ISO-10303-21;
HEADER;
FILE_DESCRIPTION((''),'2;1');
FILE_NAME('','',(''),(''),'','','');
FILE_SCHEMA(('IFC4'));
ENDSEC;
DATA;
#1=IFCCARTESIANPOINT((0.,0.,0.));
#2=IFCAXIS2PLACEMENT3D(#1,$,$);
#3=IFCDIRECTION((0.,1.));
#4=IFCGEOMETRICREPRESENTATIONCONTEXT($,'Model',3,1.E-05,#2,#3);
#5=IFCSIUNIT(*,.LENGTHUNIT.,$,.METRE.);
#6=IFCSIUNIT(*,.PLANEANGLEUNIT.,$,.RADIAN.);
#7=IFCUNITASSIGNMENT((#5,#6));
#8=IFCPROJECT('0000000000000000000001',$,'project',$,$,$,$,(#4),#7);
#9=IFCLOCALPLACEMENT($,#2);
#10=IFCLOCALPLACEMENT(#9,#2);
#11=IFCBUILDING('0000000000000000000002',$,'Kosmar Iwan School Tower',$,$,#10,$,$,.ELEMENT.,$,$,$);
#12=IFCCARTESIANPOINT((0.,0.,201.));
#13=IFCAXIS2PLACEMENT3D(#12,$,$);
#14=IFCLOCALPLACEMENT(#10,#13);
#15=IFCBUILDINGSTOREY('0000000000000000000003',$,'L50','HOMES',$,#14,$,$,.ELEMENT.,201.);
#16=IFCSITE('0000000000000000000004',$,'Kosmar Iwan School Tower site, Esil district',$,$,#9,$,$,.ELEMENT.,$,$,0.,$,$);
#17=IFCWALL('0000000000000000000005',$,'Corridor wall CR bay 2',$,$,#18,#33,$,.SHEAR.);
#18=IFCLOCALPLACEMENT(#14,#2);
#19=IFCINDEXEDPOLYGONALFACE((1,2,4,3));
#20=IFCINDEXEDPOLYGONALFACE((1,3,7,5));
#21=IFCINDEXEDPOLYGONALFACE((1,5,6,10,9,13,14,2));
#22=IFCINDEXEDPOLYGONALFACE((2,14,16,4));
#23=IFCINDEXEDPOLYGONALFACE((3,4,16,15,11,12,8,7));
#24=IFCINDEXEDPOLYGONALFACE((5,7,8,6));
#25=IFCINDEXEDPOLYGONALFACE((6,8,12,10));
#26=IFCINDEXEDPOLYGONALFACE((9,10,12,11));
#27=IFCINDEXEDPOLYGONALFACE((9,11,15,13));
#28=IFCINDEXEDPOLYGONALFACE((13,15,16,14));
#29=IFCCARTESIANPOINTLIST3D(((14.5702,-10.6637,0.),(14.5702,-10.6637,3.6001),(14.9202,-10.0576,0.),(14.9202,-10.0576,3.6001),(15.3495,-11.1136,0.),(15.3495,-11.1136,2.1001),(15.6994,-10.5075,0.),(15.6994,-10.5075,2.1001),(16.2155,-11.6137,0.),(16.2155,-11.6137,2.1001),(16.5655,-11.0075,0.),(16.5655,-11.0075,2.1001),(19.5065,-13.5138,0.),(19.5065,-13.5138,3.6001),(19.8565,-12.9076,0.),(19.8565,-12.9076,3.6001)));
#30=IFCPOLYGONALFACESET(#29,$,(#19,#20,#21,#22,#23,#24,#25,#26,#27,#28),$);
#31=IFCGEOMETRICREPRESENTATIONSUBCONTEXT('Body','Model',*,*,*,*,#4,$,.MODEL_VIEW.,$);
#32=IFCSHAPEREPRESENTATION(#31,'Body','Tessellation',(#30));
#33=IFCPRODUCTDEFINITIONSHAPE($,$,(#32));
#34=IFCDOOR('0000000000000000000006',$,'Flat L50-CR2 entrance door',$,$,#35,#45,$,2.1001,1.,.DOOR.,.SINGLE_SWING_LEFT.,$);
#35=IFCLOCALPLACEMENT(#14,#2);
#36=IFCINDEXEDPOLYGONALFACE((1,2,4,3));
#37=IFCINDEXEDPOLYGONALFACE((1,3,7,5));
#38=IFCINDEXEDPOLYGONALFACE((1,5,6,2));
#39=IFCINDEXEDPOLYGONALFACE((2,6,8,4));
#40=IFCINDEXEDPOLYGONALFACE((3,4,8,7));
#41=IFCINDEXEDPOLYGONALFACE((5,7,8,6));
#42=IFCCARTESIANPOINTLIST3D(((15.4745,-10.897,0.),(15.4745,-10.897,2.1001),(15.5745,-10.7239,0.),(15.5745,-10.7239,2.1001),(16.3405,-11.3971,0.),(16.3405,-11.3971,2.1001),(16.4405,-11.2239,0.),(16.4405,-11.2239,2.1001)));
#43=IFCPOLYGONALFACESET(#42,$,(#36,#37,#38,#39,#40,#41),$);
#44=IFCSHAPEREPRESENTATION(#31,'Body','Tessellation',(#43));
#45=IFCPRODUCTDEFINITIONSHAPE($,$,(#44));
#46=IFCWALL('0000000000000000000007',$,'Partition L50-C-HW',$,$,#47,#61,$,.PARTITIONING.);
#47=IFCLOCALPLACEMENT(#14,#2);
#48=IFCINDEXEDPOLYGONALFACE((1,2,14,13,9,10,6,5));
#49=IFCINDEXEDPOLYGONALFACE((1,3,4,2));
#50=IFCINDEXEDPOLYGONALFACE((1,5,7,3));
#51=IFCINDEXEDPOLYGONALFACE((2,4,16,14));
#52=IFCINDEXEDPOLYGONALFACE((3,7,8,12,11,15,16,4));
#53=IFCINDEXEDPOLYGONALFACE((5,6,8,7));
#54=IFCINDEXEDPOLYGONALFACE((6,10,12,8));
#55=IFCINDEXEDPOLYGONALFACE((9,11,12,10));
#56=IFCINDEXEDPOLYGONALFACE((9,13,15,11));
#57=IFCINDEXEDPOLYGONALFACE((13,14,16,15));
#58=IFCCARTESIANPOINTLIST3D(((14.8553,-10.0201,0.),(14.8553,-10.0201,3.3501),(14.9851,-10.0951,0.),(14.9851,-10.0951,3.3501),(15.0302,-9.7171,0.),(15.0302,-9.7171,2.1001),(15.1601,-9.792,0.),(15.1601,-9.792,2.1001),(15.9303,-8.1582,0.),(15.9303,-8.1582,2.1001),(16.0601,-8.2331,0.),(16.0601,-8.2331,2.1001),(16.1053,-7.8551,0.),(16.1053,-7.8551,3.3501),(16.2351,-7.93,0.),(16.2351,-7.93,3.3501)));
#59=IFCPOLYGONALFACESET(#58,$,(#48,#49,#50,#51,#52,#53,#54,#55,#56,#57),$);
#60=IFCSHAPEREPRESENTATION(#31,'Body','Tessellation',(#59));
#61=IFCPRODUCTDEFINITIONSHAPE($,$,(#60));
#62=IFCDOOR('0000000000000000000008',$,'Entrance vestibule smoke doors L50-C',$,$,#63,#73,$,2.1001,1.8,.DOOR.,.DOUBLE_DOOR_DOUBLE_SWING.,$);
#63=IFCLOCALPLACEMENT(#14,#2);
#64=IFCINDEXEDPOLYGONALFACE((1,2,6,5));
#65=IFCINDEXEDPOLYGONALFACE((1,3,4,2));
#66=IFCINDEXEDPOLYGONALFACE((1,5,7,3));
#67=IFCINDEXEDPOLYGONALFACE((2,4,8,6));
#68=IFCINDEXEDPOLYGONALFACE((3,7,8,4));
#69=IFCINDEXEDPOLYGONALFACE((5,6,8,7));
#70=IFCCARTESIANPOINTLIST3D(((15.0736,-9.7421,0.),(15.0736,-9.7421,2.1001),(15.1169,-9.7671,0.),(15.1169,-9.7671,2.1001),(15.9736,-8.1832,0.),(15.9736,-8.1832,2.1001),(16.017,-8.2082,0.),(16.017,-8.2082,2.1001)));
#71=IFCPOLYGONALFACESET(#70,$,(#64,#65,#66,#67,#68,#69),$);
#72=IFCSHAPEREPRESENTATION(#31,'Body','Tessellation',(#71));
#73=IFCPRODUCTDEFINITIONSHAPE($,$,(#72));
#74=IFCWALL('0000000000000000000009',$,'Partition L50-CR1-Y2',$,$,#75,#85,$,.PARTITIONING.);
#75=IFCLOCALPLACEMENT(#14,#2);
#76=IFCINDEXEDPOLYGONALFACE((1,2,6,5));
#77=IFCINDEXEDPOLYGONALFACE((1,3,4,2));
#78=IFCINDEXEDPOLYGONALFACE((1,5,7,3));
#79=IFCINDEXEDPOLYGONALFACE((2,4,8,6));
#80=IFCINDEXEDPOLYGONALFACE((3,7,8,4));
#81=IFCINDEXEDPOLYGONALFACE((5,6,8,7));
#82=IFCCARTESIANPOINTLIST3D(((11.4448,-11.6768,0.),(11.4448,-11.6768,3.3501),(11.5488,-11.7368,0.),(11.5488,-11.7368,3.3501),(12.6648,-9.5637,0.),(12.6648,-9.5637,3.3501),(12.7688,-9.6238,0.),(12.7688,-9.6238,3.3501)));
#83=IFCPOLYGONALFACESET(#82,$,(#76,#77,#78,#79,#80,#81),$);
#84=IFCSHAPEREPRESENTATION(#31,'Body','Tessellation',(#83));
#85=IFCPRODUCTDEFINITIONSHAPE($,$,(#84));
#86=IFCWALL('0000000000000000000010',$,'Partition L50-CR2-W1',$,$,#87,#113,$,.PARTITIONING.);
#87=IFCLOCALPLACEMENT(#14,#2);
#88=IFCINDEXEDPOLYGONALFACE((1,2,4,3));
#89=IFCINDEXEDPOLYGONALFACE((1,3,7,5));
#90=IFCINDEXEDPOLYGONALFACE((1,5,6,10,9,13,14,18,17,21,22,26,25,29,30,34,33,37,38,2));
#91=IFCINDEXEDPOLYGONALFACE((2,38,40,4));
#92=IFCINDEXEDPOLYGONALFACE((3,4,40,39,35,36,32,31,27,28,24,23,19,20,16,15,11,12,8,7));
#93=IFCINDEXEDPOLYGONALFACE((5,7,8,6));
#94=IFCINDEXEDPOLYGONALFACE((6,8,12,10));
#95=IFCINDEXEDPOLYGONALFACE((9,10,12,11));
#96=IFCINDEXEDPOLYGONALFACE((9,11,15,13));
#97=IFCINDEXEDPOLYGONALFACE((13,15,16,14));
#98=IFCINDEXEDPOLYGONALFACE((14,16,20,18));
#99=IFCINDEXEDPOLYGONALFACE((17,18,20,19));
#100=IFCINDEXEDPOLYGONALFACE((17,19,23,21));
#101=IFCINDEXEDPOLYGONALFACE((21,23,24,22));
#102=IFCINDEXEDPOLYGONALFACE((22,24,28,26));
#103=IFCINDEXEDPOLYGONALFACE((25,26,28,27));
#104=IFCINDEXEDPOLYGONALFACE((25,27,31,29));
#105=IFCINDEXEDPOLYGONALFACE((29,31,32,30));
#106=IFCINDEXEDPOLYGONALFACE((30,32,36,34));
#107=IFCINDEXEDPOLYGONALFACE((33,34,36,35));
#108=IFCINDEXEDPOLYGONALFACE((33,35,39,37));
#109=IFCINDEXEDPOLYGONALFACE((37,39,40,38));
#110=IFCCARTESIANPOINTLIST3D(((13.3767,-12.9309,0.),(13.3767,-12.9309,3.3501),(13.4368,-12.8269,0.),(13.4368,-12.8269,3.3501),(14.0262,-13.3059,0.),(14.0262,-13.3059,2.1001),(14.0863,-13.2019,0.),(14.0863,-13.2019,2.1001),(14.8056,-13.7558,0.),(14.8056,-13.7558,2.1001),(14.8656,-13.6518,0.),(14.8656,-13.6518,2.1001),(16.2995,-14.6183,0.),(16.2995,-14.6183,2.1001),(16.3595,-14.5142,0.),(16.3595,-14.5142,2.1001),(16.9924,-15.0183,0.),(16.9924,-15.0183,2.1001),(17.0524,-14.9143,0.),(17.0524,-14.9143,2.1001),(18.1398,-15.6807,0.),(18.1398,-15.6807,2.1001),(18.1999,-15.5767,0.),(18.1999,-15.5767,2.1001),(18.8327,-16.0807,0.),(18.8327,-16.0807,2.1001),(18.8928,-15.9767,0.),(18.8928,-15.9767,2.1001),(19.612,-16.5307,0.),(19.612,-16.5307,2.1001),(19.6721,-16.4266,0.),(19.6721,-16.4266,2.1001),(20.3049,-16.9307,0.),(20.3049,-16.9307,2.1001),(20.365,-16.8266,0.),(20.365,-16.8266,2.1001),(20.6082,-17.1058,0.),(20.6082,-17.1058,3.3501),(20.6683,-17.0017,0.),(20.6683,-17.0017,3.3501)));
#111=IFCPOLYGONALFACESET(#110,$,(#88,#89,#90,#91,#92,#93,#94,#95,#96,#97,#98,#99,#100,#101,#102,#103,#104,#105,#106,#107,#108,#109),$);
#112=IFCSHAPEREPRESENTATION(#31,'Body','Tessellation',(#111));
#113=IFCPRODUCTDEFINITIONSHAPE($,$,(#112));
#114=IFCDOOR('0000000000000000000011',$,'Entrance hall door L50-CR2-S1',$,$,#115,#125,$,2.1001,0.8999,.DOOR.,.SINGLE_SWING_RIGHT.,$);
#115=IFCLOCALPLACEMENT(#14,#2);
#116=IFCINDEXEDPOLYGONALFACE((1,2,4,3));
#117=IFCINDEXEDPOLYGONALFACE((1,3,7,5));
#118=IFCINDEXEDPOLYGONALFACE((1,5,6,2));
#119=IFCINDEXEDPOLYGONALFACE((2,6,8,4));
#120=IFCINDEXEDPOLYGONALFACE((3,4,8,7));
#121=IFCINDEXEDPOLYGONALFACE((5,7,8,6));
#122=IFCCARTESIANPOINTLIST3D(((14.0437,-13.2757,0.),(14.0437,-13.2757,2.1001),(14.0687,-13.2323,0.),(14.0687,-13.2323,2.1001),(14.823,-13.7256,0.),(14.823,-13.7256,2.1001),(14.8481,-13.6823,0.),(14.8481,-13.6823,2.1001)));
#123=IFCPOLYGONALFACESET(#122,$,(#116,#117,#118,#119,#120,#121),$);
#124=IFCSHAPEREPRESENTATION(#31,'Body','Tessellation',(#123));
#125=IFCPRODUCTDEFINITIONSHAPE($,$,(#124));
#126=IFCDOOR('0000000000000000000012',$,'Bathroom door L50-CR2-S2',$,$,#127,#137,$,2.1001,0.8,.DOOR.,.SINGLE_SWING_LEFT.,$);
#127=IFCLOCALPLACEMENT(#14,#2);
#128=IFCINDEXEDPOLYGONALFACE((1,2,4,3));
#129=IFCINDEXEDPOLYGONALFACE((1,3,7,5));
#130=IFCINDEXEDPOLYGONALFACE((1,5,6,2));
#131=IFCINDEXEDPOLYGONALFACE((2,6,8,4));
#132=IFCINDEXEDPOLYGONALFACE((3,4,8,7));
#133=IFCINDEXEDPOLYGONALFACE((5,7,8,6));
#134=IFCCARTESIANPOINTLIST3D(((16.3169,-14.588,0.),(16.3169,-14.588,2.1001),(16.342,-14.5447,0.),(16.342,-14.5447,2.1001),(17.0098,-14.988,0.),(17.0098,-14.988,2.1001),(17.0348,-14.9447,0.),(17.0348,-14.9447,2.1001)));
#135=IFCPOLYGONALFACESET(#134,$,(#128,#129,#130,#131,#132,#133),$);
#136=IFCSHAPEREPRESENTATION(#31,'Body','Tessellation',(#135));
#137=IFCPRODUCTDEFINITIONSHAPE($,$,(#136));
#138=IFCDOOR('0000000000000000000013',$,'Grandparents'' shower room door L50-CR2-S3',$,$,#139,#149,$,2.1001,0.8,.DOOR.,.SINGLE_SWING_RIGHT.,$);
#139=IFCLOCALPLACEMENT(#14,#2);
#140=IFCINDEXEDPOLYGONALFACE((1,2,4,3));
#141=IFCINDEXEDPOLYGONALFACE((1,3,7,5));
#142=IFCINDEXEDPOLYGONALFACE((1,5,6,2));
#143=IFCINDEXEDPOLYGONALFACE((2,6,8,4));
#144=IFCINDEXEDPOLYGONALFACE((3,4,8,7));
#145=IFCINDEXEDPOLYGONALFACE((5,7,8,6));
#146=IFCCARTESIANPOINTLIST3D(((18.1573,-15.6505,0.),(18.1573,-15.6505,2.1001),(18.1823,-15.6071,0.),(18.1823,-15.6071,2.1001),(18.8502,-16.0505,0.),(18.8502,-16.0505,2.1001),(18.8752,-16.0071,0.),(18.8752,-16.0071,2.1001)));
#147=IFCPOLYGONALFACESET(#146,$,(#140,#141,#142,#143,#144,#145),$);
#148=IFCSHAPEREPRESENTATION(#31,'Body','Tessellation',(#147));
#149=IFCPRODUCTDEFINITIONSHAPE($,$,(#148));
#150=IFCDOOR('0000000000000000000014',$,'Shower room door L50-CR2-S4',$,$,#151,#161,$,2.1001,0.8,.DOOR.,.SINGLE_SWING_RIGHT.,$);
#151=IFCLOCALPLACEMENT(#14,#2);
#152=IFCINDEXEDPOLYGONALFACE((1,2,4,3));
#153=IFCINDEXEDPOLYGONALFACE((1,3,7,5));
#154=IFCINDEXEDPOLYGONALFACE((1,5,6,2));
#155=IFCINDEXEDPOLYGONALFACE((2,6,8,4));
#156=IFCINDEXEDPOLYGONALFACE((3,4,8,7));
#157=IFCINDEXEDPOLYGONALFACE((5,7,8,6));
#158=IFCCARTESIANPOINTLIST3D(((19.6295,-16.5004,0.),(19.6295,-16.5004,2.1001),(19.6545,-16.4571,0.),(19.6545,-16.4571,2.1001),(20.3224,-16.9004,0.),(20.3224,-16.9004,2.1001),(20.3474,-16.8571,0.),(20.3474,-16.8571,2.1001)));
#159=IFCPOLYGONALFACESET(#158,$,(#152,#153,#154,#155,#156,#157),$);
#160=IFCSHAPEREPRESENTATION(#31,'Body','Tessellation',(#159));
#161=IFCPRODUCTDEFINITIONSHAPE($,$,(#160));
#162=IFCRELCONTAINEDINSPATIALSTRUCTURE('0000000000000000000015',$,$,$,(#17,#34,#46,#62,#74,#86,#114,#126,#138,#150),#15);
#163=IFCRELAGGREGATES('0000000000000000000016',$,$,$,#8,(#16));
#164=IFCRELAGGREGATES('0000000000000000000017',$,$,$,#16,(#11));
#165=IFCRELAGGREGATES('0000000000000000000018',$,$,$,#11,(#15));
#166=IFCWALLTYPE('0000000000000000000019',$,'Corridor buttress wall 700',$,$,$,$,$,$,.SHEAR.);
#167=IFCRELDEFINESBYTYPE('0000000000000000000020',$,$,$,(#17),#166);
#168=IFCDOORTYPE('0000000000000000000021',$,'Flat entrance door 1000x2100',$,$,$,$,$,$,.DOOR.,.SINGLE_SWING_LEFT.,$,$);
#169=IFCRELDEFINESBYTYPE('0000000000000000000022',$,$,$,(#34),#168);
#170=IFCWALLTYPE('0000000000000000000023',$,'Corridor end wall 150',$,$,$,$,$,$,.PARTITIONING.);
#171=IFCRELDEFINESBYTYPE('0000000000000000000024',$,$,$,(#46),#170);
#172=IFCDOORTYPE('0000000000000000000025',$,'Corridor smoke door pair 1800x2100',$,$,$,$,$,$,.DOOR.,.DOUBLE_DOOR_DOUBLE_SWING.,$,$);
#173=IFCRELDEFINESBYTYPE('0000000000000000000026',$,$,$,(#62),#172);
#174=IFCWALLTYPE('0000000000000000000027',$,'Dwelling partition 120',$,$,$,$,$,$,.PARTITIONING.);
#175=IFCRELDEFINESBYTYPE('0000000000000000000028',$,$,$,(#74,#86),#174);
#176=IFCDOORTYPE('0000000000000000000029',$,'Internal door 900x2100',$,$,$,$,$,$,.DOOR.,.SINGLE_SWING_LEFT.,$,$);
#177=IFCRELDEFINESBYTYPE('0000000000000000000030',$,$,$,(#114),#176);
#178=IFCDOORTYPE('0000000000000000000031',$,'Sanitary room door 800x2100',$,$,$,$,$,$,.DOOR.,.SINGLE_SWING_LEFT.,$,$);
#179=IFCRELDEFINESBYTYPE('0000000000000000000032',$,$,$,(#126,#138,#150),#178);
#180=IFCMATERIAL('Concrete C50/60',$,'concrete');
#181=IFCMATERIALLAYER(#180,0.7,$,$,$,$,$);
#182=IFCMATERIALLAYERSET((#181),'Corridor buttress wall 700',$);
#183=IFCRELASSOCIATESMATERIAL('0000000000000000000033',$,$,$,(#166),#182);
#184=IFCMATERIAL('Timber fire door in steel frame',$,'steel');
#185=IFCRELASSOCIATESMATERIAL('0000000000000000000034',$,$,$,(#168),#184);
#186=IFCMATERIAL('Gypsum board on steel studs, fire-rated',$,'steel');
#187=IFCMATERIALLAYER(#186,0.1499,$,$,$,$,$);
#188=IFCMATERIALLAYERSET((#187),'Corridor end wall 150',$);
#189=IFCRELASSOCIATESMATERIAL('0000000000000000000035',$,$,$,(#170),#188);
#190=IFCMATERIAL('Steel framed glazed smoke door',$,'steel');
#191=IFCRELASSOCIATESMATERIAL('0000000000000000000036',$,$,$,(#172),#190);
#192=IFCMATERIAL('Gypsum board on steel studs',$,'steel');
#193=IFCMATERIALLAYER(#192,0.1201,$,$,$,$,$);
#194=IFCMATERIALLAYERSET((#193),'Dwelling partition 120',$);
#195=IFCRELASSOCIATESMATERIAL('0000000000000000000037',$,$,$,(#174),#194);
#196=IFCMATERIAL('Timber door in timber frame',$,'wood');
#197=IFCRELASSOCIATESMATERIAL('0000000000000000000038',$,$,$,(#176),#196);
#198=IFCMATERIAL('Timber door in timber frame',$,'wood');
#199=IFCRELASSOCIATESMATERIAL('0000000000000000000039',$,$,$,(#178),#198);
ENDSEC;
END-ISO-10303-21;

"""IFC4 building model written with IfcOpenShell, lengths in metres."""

from ifc_helpers import new_model, si_unit, direction, frame, frame_2d, origin, place, context, subcontext, project, spatial, rectangle, extrude, material, layer, layer_set, type_object, element, fill, save


model = new_model("IFC4")

# Units and contexts
model_context = context("Model", 3, precision=1e-05, world=origin(), true_north=direction((0.0, 1.0)))
body_context = subcontext(model_context, "Body", "Model", "MODEL_VIEW")
ifc_project = project(units=[si_unit("LENGTHUNIT", "METRE"), si_unit("PLANEANGLEUNIT", "RADIAN")], contexts=[model_context])

# Site, building, storey
site_placement = place(None, origin())
site = spatial("IfcSite", under=ifc_project, at=site_placement, Name="Kosmar Iwan School Tower site, Esil district", CompositionType="ELEMENT", RefElevation=0.0)
building_placement = place(site_placement, origin())
building = spatial("IfcBuilding", under=site, at=building_placement, Name="Kosmar Iwan School Tower", CompositionType="ELEMENT")
storey_placement = place(building_placement, frame((0.0, 0.0, 201.0)))
storey = spatial("IfcBuildingStorey", under=building, at=storey_placement, Name="L50", Description="HOMES", CompositionType="ELEMENT", Elevation=201.0)

# Walls, openings, doors
ifc_material_1 = material(Name="Concrete C50/60", Category="concrete")
ifc_layer_1 = layer(ifc_material_1, 0.7)
ifc_layer_set_1 = layer_set([ifc_layer_1], Name="Corridor buttress wall 700")
wall_type_1 = type_object("IfcWallType", Name="Corridor buttress wall 700", PredefinedType="SHEAR", material=ifc_layer_set_1)
wall_1_placement = place(storey_placement, frame((14.7451, -10.3606, 0.0), z_axis=(0.0, 0.0, 1.0), x_axis=(0.866015, -0.500018, 0.0)))
wall_1 = element("IfcWall", 1, at=wall_1_placement, inside=storey, type_object=wall_type_1, Name="Corridor wall CR bay 2", PredefinedType="SHEAR", context=body_context, shape_type="SweptSolid", body=[
    extrude(rectangle(XDim=5.7, YDim=0.7, at=frame_2d((2.8501, 0.0))), origin(), (0.0, 0.0, 1.0), 3.6001),
])
opening_1_placement = place(wall_1_placement, frame((0.8999, 0.0, 0.0)))
opening_1 = element("IfcOpeningElement", 2, at=opening_1_placement, cuts=wall_1, PredefinedType="OPENING", context=body_context, shape_type="SweptSolid", body=[
    extrude(rectangle(XDim=1.0, YDim=2.1001, at=frame_2d((0.5, 1.05))), frame((0.0, 0.3621, 0.0), z_axis=(0.0, -1.0, 0.0), x_axis=(1.0, 0.0, 0.0)), (0.0, 0.0, 1.0), 0.7239),
])
ifc_material_2 = material(Name="Timber fire door in steel frame", Category="steel")
door_type_1 = type_object("IfcDoorType", Name="Flat entrance door 1000x2100", OperationType="SINGLE_SWING_LEFT", PredefinedType="DOOR", material=ifc_material_2)
door_1_placement = place(opening_1_placement, origin())
door_1 = element("IfcDoor", 3, at=door_1_placement, inside=storey, type_object=door_type_1, Name="Flat L50-CR2 entrance door", OperationType="SINGLE_SWING_LEFT", OverallHeight=2.1001, OverallWidth=1.0, PredefinedType="DOOR", context=body_context, shape_type="SweptSolid", body=[
    extrude(rectangle(XDim=1.0, YDim=2.1001, at=frame_2d((0.5, 1.05))), frame((0.0, 0.1001, 0.0), z_axis=(0.0, -1.0, 0.0), x_axis=(1.0, 0.0, 0.0)), (0.0, 0.0, 1.0), 0.2),
])
fill(opening_1, door_1)
ifc_material_3 = material(Name="Gypsum board on steel studs, fire-rated", Category="steel")
ifc_layer_2 = layer(ifc_material_3, 0.1499)
ifc_layer_set_2 = layer_set([ifc_layer_2], Name="Corridor end wall 150")
wall_type_2 = type_object("IfcWallType", Name="Corridor end wall 150", PredefinedType="PARTITIONING", material=ifc_layer_set_2)
wall_2_placement = place(storey_placement, frame((14.9202, -10.0576, 0.0), z_axis=(0.0, 0.0, 1.0), x_axis=(0.500004, 0.866023, 0.0)))
wall_2 = element("IfcWall", 4, at=wall_2_placement, inside=storey, type_object=wall_type_2, Name="Partition L50-C-HW", PredefinedType="PARTITIONING", context=body_context, shape_type="SweptSolid", body=[
    extrude(rectangle(XDim=2.5, YDim=0.1499, at=frame_2d((1.25, 0.0))), origin(), (0.0, 0.0, 1.0), 3.3501),
])
opening_2_placement = place(wall_2_placement, frame((0.3501, 0.0, 0.0)))
opening_2 = element("IfcOpeningElement", 5, at=opening_2_placement, cuts=wall_2, PredefinedType="OPENING", context=body_context, shape_type="SweptSolid", body=[
    extrude(rectangle(XDim=1.8, YDim=2.1001, at=frame_2d((0.8999, 1.05))), frame((0.0, 0.0869, 0.0), z_axis=(0.0, -1.0, 0.0), x_axis=(1.0, 0.0, 0.0)), (0.0, 0.0, 1.0), 0.1738),
])
ifc_material_4 = material(Name="Steel framed glazed smoke door", Category="steel")
door_type_2 = type_object("IfcDoorType", Name="Corridor smoke door pair 1800x2100", OperationType="DOUBLE_DOOR_DOUBLE_SWING", PredefinedType="DOOR", material=ifc_material_4)
door_2_placement = place(opening_2_placement, origin())
door_2 = element("IfcDoor", 6, at=door_2_placement, inside=storey, type_object=door_type_2, Name="Entrance vestibule smoke doors L50-C", OperationType="DOUBLE_DOOR_DOUBLE_SWING", OverallHeight=2.1001, OverallWidth=1.8, PredefinedType="DOOR", context=body_context, shape_type="SweptSolid", body=[
    extrude(rectangle(XDim=1.8, YDim=2.1001, at=frame_2d((0.8999, 1.05))), frame((0.0, 0.0249, 0.0), z_axis=(0.0, -1.0, 0.0), x_axis=(1.0, 0.0, 0.0)), (0.0, 0.0, 1.0), 0.05),
])
fill(opening_2, door_2)

# Wall
ifc_material_5 = material(Name="Gypsum board on steel studs", Category="steel")
ifc_layer_3 = layer(ifc_material_5, 0.1201)
ifc_layer_set_3 = layer_set([ifc_layer_3], Name="Dwelling partition 120")
wall_type_3 = type_object("IfcWallType", Name="Dwelling partition 120", PredefinedType="PARTITIONING", material=ifc_layer_set_3)
wall_3_placement = place(storey_placement, frame((12.7168, -9.5938, 0.0), z_axis=(0.0, 0.0, 1.0), x_axis=(-0.500003, -0.866024, 0.0)))
element("IfcWall", 7, at=wall_3_placement, inside=storey, type_object=wall_type_3, Name="Partition L50-CR1-Y2", PredefinedType="PARTITIONING", context=body_context, shape_type="SweptSolid", body=[
    extrude(rectangle(XDim=2.4399, YDim=0.1201, at=frame_2d((1.22, 0.0))), origin(), (0.0, 0.0, 1.0), 3.3501),
])

# Wall, openings, doors
wall_4_placement = place(storey_placement, frame((13.4067, -12.8789, 0.0), z_axis=(0.0, 0.0, 1.0), x_axis=(0.86604, -0.499976, 0.0)))
wall_4 = element("IfcWall", 8, at=wall_4_placement, inside=storey, type_object=wall_type_3, Name="Partition L50-CR2-W1", PredefinedType="PARTITIONING", context=body_context, shape_type="SweptSolid", body=[
    extrude(rectangle(XDim=8.3501, YDim=0.1201, at=frame_2d((4.175, 0.0))), origin(), (0.0, 0.0, 1.0), 3.3501),
])
opening_3_placement = place(wall_4_placement, frame((0.75, 0.0, 0.0)))
opening_3 = element("IfcOpeningElement", 9, at=opening_3_placement, cuts=wall_4, PredefinedType="OPENING", context=body_context, shape_type="SweptSolid", body=[
    extrude(rectangle(XDim=0.8999, YDim=2.1001, at=frame_2d((0.45, 1.05))), frame((0.0, 0.072, 0.0), z_axis=(0.0, -1.0, 0.0), x_axis=(1.0, 0.0, 0.0)), (0.0, 0.0, 1.0), 0.144),
])
opening_4_placement = place(wall_4_placement, frame((3.375, 0.0, 0.0)))
opening_4 = element("IfcOpeningElement", 10, at=opening_4_placement, cuts=wall_4, PredefinedType="OPENING", context=body_context, shape_type="SweptSolid", body=[
    extrude(rectangle(XDim=0.8, YDim=2.1001, at=frame_2d((0.3999, 1.05))), frame((0.0, 0.072, 0.0), z_axis=(0.0, -1.0, 0.0), x_axis=(1.0, 0.0, 0.0)), (0.0, 0.0, 1.0), 0.144),
])
opening_5_placement = place(wall_4_placement, frame((5.5, 0.0, 0.0)))
opening_5 = element("IfcOpeningElement", 11, at=opening_5_placement, cuts=wall_4, PredefinedType="OPENING", context=body_context, shape_type="SweptSolid", body=[
    extrude(rectangle(XDim=0.8, YDim=2.1001, at=frame_2d((0.3999, 1.05))), frame((0.0, 0.072, 0.0), z_axis=(0.0, -1.0, 0.0), x_axis=(1.0, 0.0, 0.0)), (0.0, 0.0, 1.0), 0.144),
])
opening_6_placement = place(wall_4_placement, frame((7.2, 0.0, 0.0)))
opening_6 = element("IfcOpeningElement", 12, at=opening_6_placement, cuts=wall_4, PredefinedType="OPENING", context=body_context, shape_type="SweptSolid", body=[
    extrude(rectangle(XDim=0.8, YDim=2.1001, at=frame_2d((0.3999, 1.05))), frame((0.0, 0.072, 0.0), z_axis=(0.0, -1.0, 0.0), x_axis=(1.0, 0.0, 0.0)), (0.0, 0.0, 1.0), 0.144),
])
ifc_material_6 = material(Name="Timber door in timber frame", Category="wood")
door_type_3 = type_object("IfcDoorType", Name="Internal door 900x2100", OperationType="SINGLE_SWING_LEFT", PredefinedType="DOOR", material=ifc_material_6)
door_3_placement = place(opening_3_placement, origin())
door_3 = element("IfcDoor", 13, at=door_3_placement, inside=storey, type_object=door_type_3, Name="Entrance hall door L50-CR2-S1", OperationType="SINGLE_SWING_RIGHT", OverallHeight=2.1001, OverallWidth=0.8999, PredefinedType="DOOR", context=body_context, shape_type="SweptSolid", body=[
    extrude(rectangle(XDim=0.8999, YDim=2.1001, at=frame_2d((0.45, 1.05))), frame((0.0, 0.0249, 0.0), z_axis=(0.0, -1.0, 0.0), x_axis=(1.0, 0.0, 0.0)), (0.0, 0.0, 1.0), 0.05),
])
fill(opening_3, door_3)
ifc_material_7 = material(Name="Timber door in timber frame", Category="wood")
door_type_4 = type_object("IfcDoorType", Name="Sanitary room door 800x2100", OperationType="SINGLE_SWING_LEFT", PredefinedType="DOOR", material=ifc_material_7)
door_4_placement = place(opening_4_placement, origin())
door_4 = element("IfcDoor", 14, at=door_4_placement, inside=storey, type_object=door_type_4, Name="Bathroom door L50-CR2-S2", OperationType="SINGLE_SWING_LEFT", OverallHeight=2.1001, OverallWidth=0.8, PredefinedType="DOOR", context=body_context, shape_type="SweptSolid", body=[
    extrude(rectangle(XDim=0.8, YDim=2.1001, at=frame_2d((0.3999, 1.05))), frame((0.0, 0.0249, 0.0), z_axis=(0.0, -1.0, 0.0), x_axis=(1.0, 0.0, 0.0)), (0.0, 0.0, 1.0), 0.05),
])
fill(opening_4, door_4)
door_5_placement = place(opening_5_placement, origin())
door_5 = element("IfcDoor", 15, at=door_5_placement, inside=storey, type_object=door_type_4, Name="Grandparents' shower room door L50-CR2-S3", OperationType="SINGLE_SWING_RIGHT", OverallHeight=2.1001, OverallWidth=0.8, PredefinedType="DOOR", context=body_context, shape_type="SweptSolid", body=[
    extrude(rectangle(XDim=0.8, YDim=2.1001, at=frame_2d((0.3999, 1.05))), frame((0.0, 0.0249, 0.0), z_axis=(0.0, -1.0, 0.0), x_axis=(1.0, 0.0, 0.0)), (0.0, 0.0, 1.0), 0.05),
])
fill(opening_5, door_5)
door_6_placement = place(opening_6_placement, origin())
door_6 = element("IfcDoor", 16, at=door_6_placement, inside=storey, type_object=door_type_4, Name="Shower room door L50-CR2-S4", OperationType="SINGLE_SWING_RIGHT", OverallHeight=2.1001, OverallWidth=0.8, PredefinedType="DOOR", context=body_context, shape_type="SweptSolid", body=[
    extrude(rectangle(XDim=0.8, YDim=2.1001, at=frame_2d((0.3999, 1.05))), frame((0.0, 0.0249, 0.0), z_axis=(0.0, -1.0, 0.0), x_axis=(1.0, 0.0, 0.0)), (0.0, 0.0, 1.0), 0.05),
])
fill(opening_6, door_6)

save(model, "model.ifc")
